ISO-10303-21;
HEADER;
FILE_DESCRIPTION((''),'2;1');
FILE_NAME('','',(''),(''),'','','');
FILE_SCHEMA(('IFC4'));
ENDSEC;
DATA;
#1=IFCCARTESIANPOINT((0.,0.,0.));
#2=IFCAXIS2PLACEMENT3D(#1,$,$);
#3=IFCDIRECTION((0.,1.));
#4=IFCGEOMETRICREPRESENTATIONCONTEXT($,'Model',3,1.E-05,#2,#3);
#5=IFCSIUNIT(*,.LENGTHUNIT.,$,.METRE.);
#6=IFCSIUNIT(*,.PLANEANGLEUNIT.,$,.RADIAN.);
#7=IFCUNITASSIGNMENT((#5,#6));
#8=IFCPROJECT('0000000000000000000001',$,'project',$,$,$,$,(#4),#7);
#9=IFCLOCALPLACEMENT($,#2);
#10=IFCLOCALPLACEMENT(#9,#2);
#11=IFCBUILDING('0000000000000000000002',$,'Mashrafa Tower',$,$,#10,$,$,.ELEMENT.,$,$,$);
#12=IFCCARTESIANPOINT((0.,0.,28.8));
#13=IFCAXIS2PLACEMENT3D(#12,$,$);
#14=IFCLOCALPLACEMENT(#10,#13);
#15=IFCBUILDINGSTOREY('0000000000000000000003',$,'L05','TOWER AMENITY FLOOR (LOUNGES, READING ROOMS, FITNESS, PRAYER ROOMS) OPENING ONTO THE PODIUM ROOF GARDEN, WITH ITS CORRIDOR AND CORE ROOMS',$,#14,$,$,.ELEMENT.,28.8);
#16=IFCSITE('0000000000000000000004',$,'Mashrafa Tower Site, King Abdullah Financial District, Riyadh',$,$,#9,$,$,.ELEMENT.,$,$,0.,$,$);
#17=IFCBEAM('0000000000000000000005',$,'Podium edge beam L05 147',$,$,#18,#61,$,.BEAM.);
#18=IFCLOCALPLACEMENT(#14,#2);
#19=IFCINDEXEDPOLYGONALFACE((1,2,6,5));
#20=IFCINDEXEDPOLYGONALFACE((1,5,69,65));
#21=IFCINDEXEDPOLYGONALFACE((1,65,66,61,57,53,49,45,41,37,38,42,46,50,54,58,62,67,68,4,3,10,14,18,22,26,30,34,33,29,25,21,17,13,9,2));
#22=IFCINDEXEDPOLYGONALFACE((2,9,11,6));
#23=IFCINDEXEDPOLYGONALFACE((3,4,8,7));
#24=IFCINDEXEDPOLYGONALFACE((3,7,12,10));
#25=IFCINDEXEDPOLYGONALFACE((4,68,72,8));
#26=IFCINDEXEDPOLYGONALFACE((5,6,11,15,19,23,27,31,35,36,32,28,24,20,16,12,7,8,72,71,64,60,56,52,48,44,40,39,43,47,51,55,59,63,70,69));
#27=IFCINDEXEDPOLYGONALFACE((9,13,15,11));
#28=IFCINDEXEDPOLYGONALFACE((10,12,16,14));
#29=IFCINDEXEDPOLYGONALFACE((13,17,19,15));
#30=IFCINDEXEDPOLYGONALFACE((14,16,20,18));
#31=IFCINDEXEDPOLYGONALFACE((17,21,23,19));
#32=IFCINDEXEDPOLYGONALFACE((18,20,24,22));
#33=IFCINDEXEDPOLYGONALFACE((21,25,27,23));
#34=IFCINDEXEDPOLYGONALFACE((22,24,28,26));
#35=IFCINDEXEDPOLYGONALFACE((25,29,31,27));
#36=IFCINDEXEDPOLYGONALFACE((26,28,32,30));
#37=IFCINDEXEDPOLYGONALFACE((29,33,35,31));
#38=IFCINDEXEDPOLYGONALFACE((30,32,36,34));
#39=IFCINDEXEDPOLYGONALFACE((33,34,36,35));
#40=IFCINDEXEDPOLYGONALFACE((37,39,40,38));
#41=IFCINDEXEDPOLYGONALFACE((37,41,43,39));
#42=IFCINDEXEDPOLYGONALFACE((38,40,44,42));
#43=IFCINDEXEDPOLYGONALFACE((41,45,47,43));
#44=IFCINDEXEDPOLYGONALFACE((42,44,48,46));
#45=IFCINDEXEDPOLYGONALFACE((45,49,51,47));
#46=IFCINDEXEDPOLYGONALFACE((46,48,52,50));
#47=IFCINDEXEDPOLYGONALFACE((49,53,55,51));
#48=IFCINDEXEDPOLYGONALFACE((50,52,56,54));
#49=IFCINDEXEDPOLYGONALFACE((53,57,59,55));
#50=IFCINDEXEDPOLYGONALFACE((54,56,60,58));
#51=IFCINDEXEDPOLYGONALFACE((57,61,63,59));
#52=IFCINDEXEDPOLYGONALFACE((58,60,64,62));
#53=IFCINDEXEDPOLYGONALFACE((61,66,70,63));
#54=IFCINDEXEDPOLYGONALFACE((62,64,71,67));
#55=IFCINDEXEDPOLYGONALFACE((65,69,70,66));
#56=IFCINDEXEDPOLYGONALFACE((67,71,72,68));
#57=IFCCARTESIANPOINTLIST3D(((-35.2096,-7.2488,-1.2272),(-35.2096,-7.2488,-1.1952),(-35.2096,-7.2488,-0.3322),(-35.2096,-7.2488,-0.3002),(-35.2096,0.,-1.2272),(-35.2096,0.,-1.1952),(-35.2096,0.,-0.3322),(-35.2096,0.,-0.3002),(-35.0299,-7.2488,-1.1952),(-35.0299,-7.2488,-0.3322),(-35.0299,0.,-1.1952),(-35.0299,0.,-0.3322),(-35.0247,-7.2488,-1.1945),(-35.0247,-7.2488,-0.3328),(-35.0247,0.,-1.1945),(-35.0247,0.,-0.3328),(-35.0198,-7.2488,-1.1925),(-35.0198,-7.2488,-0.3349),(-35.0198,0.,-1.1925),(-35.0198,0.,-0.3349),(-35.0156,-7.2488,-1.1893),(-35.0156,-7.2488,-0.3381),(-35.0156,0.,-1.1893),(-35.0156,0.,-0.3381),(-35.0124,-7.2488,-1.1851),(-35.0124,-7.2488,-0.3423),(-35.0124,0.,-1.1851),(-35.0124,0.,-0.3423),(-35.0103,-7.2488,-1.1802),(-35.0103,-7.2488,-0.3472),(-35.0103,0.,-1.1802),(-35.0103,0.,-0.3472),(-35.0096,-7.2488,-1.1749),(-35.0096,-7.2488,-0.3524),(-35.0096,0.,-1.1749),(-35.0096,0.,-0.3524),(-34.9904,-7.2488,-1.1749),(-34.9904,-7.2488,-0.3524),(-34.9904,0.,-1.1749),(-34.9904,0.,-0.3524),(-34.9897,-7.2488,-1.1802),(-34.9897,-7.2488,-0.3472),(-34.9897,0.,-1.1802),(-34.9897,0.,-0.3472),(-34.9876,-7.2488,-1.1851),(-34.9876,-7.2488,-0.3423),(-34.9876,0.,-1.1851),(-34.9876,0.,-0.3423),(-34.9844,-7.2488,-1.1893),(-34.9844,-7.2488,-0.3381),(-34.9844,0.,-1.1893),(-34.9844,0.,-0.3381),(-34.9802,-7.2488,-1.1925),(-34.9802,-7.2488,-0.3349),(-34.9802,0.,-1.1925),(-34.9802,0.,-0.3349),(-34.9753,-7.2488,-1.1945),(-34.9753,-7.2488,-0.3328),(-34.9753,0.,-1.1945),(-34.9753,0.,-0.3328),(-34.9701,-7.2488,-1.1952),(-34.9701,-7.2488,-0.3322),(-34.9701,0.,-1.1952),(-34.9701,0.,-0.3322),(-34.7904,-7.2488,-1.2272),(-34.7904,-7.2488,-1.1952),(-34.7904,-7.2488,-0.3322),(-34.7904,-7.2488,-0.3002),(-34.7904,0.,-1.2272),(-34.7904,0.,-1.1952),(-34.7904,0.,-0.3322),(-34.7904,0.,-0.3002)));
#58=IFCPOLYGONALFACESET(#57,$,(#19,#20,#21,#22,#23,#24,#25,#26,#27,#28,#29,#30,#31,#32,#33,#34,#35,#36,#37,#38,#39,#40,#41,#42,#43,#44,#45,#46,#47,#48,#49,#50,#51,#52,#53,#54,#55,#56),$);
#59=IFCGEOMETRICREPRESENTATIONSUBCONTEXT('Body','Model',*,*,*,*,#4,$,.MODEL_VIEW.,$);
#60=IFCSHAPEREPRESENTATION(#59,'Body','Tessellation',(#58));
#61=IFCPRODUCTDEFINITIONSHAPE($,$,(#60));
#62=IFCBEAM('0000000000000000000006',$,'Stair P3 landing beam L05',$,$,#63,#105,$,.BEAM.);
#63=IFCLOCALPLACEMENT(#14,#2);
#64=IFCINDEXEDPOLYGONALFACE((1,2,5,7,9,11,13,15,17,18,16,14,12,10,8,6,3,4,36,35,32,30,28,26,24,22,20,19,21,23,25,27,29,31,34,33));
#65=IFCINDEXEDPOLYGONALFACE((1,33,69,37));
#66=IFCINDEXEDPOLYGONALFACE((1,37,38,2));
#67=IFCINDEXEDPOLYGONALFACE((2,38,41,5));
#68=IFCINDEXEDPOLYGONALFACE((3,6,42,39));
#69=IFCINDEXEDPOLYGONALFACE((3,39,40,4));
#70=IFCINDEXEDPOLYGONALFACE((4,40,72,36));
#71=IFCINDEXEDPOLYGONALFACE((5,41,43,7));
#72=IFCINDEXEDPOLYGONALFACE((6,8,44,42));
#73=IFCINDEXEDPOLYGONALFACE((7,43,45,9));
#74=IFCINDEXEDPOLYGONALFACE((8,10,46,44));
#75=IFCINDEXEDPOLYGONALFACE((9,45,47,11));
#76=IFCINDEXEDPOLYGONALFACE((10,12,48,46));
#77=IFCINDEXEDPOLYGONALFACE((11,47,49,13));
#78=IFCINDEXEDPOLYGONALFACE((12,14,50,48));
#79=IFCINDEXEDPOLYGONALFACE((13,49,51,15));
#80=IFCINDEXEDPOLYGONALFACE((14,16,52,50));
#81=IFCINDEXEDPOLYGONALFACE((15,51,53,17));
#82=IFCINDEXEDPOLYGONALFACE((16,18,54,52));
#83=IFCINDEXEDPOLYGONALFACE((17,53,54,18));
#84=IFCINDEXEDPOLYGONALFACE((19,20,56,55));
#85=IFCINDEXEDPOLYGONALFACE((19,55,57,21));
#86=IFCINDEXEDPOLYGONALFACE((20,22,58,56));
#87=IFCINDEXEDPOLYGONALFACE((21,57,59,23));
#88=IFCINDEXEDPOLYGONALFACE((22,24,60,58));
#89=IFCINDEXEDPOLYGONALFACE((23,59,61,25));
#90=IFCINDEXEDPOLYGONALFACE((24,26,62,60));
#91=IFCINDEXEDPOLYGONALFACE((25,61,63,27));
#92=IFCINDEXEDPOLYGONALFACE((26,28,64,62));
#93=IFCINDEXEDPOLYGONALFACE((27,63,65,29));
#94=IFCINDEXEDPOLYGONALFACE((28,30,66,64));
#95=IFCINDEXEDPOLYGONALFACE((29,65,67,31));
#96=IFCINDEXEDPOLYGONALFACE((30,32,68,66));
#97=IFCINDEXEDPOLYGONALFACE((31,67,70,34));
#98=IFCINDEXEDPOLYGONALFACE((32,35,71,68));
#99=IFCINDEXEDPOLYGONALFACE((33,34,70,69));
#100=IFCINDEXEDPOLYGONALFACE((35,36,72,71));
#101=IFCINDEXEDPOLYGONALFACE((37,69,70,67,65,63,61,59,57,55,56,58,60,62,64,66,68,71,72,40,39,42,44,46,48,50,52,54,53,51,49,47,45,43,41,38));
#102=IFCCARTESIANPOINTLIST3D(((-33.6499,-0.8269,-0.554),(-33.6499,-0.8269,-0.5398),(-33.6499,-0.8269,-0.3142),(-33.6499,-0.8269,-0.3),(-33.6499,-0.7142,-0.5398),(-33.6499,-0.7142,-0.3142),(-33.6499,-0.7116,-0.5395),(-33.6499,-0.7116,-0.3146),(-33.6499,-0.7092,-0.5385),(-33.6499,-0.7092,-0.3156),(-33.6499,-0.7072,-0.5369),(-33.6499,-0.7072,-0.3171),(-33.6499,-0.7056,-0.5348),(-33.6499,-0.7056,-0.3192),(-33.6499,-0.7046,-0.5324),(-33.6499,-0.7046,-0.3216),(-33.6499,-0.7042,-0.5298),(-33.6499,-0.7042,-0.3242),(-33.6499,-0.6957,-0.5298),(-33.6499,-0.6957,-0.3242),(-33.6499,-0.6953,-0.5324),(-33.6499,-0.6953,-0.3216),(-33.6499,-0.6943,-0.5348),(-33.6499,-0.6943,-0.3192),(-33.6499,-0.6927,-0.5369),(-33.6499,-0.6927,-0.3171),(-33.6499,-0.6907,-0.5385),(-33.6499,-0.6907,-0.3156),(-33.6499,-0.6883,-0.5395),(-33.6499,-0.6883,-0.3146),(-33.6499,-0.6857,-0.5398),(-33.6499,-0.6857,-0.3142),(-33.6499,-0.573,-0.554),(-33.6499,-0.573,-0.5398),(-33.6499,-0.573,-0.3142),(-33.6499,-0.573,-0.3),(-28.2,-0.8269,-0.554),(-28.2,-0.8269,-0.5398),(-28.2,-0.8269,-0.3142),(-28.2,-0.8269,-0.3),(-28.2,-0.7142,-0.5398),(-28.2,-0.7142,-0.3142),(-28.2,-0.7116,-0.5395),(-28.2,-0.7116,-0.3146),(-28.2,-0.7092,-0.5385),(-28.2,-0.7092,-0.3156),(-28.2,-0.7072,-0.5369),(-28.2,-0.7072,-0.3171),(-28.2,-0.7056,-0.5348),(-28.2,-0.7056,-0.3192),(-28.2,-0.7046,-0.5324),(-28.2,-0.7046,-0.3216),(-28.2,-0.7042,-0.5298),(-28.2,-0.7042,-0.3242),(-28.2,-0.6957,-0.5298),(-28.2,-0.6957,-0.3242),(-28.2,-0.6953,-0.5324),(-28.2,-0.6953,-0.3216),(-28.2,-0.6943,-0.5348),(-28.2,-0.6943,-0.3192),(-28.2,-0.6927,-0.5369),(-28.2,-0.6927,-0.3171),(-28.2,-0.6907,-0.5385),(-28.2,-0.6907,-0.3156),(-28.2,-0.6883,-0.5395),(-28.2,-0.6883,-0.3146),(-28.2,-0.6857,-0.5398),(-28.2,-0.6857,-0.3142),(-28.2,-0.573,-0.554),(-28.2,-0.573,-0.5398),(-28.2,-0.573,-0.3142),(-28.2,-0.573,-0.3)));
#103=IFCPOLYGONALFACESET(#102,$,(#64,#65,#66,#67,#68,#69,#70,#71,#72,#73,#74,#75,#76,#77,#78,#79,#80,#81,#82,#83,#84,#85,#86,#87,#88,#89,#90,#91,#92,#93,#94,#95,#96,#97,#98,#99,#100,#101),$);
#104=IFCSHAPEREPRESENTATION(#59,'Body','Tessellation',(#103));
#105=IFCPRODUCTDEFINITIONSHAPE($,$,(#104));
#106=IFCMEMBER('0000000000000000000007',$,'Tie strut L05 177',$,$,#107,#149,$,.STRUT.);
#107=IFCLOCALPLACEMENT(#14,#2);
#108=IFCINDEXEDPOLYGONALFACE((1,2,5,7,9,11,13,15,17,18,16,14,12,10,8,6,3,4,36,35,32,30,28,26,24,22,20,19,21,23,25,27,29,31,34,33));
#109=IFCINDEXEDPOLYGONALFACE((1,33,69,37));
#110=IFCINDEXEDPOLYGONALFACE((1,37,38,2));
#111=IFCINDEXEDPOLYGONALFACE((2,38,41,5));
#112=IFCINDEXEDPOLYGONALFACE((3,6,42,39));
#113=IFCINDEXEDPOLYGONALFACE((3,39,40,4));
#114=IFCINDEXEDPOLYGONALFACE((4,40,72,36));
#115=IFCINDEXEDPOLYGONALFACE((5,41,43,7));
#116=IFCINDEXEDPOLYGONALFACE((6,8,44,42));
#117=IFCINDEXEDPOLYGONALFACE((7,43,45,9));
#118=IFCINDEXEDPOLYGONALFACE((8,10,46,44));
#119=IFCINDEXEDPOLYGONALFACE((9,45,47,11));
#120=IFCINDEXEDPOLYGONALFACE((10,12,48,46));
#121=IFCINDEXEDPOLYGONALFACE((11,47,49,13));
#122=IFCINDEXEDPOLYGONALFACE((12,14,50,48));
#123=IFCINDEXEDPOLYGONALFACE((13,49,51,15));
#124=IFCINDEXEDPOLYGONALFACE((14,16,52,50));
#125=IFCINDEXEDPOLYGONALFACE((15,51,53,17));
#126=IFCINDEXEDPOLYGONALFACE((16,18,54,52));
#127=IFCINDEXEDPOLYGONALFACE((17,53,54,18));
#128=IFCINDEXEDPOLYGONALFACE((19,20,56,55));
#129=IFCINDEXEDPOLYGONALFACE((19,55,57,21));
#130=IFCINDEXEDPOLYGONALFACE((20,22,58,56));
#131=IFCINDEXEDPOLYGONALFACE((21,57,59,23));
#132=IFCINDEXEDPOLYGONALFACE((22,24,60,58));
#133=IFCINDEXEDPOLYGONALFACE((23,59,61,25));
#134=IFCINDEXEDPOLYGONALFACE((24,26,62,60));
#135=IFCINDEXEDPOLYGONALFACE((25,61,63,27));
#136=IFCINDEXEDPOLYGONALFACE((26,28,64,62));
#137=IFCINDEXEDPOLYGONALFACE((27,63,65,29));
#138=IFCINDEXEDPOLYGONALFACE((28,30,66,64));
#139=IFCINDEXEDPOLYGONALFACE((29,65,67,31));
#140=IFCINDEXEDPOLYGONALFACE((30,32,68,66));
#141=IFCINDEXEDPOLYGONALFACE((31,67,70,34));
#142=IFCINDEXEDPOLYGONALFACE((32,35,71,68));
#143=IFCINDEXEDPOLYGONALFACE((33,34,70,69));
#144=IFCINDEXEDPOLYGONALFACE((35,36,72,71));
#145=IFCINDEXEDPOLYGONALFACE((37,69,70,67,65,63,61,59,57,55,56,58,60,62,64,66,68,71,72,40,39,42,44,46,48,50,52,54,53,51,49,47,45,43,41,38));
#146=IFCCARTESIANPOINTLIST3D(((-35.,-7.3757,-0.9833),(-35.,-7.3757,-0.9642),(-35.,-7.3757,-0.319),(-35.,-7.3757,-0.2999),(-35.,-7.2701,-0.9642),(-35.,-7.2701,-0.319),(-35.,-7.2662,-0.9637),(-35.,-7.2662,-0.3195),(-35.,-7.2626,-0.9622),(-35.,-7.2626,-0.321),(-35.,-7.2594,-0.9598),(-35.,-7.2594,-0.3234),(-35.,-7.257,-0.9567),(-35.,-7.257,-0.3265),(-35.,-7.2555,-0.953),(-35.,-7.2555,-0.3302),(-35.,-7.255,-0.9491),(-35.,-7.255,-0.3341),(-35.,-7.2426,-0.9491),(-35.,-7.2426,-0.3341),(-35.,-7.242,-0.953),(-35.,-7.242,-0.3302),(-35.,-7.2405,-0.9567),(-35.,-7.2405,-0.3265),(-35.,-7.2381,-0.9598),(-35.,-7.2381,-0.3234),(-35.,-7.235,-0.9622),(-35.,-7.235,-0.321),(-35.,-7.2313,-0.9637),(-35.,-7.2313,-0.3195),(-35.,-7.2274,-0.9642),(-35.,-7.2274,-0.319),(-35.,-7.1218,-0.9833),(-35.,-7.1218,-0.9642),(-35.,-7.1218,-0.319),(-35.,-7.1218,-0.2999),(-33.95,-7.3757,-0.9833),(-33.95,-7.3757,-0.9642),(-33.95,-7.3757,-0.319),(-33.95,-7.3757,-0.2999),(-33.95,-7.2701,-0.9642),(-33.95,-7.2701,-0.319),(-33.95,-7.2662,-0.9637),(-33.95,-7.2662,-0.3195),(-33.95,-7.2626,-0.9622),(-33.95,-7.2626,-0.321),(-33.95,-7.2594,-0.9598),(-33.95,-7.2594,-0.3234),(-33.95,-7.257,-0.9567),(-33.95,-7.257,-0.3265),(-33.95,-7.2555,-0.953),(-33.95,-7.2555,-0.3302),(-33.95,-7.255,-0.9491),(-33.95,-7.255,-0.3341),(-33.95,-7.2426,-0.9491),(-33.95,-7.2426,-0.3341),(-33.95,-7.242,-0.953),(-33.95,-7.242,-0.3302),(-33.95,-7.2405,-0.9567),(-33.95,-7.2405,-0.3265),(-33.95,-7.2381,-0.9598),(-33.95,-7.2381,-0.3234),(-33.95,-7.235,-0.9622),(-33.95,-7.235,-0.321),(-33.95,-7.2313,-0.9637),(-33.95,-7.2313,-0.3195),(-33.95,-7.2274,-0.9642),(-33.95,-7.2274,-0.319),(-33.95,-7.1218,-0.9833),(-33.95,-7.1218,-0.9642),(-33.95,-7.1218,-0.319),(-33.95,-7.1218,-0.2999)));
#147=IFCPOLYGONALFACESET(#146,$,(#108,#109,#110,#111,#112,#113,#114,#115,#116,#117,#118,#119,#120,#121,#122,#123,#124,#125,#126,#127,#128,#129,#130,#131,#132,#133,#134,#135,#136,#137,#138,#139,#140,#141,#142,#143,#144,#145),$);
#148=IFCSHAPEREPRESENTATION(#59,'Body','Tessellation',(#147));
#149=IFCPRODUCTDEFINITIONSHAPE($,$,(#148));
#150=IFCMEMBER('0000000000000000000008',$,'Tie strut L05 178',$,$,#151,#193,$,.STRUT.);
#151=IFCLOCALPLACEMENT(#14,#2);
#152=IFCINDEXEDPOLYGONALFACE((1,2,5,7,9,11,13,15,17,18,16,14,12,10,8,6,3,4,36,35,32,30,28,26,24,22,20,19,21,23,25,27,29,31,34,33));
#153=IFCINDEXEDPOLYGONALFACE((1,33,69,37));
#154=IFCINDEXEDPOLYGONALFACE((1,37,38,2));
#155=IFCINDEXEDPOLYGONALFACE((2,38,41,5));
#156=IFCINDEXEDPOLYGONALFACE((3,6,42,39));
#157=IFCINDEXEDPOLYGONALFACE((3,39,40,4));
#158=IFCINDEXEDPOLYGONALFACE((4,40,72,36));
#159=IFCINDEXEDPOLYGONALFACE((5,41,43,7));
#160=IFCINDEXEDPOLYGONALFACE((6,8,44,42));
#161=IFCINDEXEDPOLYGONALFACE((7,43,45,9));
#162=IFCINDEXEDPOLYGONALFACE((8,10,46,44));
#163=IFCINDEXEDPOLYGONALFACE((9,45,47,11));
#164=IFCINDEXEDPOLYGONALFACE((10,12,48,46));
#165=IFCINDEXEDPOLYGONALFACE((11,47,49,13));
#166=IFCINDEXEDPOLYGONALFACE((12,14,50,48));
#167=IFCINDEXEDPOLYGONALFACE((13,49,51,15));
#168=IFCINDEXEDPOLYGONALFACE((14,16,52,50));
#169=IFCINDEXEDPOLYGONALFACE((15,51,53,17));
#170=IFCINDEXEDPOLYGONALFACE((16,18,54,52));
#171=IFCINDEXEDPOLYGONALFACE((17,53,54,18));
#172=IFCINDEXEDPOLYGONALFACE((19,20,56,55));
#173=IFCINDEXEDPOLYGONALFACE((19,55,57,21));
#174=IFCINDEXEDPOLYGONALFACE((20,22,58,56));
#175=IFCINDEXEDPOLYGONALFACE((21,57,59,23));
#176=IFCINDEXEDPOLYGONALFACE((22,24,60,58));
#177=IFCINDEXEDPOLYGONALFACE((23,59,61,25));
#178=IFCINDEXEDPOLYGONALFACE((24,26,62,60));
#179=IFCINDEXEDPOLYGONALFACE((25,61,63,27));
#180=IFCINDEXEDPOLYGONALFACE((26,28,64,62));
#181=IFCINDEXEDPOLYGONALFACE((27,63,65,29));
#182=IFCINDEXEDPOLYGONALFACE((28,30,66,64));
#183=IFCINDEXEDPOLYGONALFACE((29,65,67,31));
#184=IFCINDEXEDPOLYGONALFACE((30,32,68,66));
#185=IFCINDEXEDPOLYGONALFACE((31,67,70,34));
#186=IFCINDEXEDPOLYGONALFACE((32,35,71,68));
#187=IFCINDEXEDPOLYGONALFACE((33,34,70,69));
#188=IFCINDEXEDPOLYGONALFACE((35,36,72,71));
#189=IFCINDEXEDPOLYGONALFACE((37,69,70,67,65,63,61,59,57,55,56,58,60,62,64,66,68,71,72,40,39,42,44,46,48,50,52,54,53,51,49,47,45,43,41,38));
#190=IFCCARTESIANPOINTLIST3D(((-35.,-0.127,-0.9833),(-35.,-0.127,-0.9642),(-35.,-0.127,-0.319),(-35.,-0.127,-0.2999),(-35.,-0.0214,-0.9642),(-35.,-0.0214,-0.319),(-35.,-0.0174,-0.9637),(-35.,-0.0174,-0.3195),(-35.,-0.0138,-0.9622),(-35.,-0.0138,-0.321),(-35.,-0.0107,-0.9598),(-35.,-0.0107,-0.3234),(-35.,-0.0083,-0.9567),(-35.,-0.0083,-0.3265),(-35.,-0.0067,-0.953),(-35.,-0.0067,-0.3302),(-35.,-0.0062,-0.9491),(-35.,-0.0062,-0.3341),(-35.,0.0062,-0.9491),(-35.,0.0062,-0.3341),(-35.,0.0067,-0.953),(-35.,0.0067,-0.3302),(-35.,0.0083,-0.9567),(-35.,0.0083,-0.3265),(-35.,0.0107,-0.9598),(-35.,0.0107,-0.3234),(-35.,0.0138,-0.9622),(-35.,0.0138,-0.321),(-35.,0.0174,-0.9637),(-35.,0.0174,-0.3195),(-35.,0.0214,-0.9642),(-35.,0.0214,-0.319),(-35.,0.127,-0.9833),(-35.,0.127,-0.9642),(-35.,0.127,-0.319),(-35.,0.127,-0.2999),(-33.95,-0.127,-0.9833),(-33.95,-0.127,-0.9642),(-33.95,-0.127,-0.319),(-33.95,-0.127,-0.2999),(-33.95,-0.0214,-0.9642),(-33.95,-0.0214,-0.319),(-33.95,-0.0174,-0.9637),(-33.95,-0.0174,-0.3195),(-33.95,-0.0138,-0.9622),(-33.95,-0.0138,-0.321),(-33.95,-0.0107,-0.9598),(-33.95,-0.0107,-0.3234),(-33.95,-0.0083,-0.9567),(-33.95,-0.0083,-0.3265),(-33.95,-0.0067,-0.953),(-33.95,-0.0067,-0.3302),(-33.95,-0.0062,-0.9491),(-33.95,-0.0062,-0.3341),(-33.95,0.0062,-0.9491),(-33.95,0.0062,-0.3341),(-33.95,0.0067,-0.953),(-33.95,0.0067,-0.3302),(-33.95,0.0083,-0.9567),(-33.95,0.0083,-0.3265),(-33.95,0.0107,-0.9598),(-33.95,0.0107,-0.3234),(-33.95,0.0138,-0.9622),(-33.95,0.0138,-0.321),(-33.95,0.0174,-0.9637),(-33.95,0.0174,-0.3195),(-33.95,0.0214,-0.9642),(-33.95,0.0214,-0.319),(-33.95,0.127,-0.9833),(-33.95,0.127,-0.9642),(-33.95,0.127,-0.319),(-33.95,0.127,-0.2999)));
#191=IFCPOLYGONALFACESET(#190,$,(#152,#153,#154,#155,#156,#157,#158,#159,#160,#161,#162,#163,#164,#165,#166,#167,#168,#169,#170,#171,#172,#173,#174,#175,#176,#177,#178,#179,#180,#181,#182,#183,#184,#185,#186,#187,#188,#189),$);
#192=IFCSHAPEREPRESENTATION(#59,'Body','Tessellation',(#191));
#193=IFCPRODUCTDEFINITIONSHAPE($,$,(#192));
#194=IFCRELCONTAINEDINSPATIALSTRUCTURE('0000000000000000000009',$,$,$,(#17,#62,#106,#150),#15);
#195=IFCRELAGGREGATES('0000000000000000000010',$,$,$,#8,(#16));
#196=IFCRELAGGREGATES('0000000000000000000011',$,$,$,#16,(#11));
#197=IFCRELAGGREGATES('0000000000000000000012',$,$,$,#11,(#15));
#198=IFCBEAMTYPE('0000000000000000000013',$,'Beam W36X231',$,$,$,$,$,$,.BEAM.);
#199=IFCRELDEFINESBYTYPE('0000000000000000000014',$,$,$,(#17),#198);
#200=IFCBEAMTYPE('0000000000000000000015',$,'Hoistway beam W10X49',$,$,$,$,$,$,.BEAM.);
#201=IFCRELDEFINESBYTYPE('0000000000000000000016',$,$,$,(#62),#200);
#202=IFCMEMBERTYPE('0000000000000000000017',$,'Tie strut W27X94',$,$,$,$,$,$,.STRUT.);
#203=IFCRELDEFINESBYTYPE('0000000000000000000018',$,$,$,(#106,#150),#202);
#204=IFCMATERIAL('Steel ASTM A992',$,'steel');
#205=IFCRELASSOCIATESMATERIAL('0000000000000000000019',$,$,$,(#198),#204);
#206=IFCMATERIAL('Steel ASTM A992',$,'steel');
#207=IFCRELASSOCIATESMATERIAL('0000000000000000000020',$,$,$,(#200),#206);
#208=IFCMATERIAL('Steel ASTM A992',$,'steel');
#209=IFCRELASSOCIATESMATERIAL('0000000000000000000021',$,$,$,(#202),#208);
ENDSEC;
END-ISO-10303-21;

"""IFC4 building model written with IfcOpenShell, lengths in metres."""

from ifc_helpers import new_model, si_unit, direction, frame, origin, origin_2d, place, context, subcontext, project, spatial, i_section, extrude, source, transform, mapped, material, material_profile, profile_set, type_object, type_shapes, element, save


model = new_model("IFC4")

# Units and contexts
model_context = context("Model", 3, precision=1e-05, world=origin(), true_north=direction((0.0, 1.0)))
body_context = subcontext(model_context, "Body", "Model", "MODEL_VIEW")
ifc_project = project(units=[si_unit("LENGTHUNIT", "METRE"), si_unit("PLANEANGLEUNIT", "RADIAN")], contexts=[model_context])

# Site, building, storey
site_placement = place(None, origin())
site = spatial("IfcSite", under=ifc_project, at=site_placement, Name="Mashrafa Tower Site, King Abdullah Financial District, Riyadh", CompositionType="ELEMENT", RefElevation=0.0)
building_placement = place(site_placement, origin())
building = spatial("IfcBuilding", under=site, at=building_placement, Name="Mashrafa Tower", CompositionType="ELEMENT")
storey_placement = place(building_placement, frame((0.0, 0.0, 28.8)))
storey = spatial("IfcBuildingStorey", under=building, at=storey_placement, Name="L05", Description="TOWER AMENITY FLOOR (LOUNGES, READING ROOMS, FITNESS, PRAYER ROOMS) OPENING ONTO THE PODIUM ROOF GARDEN, WITH ITS CORRIDOR AND CORE ROOMS", CompositionType="ELEMENT", Elevation=28.8)

# Beams
ifc_material_1 = material(Name="Steel ASTM A992", Category="steel")
ifc_material_profile_1 = material_profile(ifc_material_1, i_section(OverallWidth=0.4192, OverallDepth=0.927, WebThickness=0.0193, FlangeThickness=0.032, FilletRadius=0.0203, at=origin_2d()), Name="W36X231")
ifc_profile_set_1 = profile_set([ifc_material_profile_1], Name="Steel ASTM A992")
beam_type_1 = type_object("IfcBeamType", Name="Beam W36X231", PredefinedType="BEAM", material=ifc_profile_set_1)
for number, where, z_axis, x_axis, name in (
    (1, (-35.0, 0.0, -0.7637), (0.0, -1.0, 0.0), (1.0, 0.0, 0.0), "Podium edge beam L05 147"),
):
    element("IfcBeam", number, at=place(storey_placement, frame(where, z_axis=z_axis, x_axis=x_axis)), inside=storey, type_object=beam_type_1, Name=name, PredefinedType="BEAM", context=body_context, shape_type="SweptSolid", body=[
        extrude(i_section(OverallWidth=0.4192, OverallDepth=0.927, WebThickness=0.0193, FlangeThickness=0.032, FilletRadius=0.0203, at=origin_2d()), origin(), (0.0, 0.0, 1.0), 7.2488),
    ])
ifc_material_2 = material(Name="Steel ASTM A992", Category="steel")
ifc_material_profile_2 = material_profile(ifc_material_2, i_section(OverallWidth=0.2539, OverallDepth=0.2539, WebThickness=0.0085, FlangeThickness=0.0142, FilletRadius=0.01, at=origin_2d()), Name="W10X49")
ifc_profile_set_2 = profile_set([ifc_material_profile_2], Name="Steel ASTM A992")
beam_type_2 = type_object("IfcBeamType", Name="Hoistway beam W10X49", PredefinedType="BEAM", material=ifc_profile_set_2)
beam_placement = place(storey_placement, frame((-33.6499, -0.7, -0.427), z_axis=(1.0, 0.0, 0.0), x_axis=(0.0, 1.0, 0.0)))
element("IfcBeam", 2, at=beam_placement, inside=storey, type_object=beam_type_2, Name="Stair P3 landing beam L05", PredefinedType="BEAM", context=body_context, shape_type="SweptSolid", body=[
    extrude(i_section(OverallWidth=0.2539, OverallDepth=0.2539, WebThickness=0.0085, FlangeThickness=0.0142, FilletRadius=0.01, at=origin_2d()), origin(), (0.0, 0.0, 1.0), 5.45),
])

# Members
ifc_material_3 = material(Name="Steel ASTM A992", Category="steel")
ifc_material_profile_3 = material_profile(ifc_material_3, i_section(OverallWidth=0.2539, OverallDepth=0.6833, WebThickness=0.0125, FlangeThickness=0.019, FilletRadius=0.0151, at=origin_2d()), Name="W27X94")
ifc_profile_set_3 = profile_set([ifc_material_profile_3], Name="Steel ASTM A992")
member_type_1 = type_object("IfcMemberType", Name="Tie strut W27X94", PredefinedType="STRUT", material=ifc_profile_set_3)
shared_shape_1 = source(origin(), body_context, "Body", "SweptSolid", [
    extrude(i_section(OverallWidth=0.2539, OverallDepth=0.6833, WebThickness=0.0125, FlangeThickness=0.019, FilletRadius=0.0151, at=origin_2d()), origin(), (0.0, 0.0, 1.0), 1.05),
])
type_shapes(member_type_1, [shared_shape_1])
for number, where, z_axis, x_axis, name in (
    (3, (-33.95, -7.2488, -0.6416), (-1.0, 0.0, 0.0), (0.0, -1.0, 0.0), "Tie strut L05 177"),
    (4, (-33.95, 0.0, -0.6416), (-1.0, 0.0, 0.0), (0.0, -1.0, 0.0), "Tie strut L05 178"),
):
    element("IfcMember", number, at=place(storey_placement, frame(where, z_axis=z_axis, x_axis=x_axis)), inside=storey, type_object=member_type_1, Name=name, PredefinedType="STRUT", context=body_context, shape_type="MappedRepresentation", body=[
        mapped(shared_shape_1, transform((0.0, 0.0, 0.0))),
    ])

save(model, "model.ifc")
